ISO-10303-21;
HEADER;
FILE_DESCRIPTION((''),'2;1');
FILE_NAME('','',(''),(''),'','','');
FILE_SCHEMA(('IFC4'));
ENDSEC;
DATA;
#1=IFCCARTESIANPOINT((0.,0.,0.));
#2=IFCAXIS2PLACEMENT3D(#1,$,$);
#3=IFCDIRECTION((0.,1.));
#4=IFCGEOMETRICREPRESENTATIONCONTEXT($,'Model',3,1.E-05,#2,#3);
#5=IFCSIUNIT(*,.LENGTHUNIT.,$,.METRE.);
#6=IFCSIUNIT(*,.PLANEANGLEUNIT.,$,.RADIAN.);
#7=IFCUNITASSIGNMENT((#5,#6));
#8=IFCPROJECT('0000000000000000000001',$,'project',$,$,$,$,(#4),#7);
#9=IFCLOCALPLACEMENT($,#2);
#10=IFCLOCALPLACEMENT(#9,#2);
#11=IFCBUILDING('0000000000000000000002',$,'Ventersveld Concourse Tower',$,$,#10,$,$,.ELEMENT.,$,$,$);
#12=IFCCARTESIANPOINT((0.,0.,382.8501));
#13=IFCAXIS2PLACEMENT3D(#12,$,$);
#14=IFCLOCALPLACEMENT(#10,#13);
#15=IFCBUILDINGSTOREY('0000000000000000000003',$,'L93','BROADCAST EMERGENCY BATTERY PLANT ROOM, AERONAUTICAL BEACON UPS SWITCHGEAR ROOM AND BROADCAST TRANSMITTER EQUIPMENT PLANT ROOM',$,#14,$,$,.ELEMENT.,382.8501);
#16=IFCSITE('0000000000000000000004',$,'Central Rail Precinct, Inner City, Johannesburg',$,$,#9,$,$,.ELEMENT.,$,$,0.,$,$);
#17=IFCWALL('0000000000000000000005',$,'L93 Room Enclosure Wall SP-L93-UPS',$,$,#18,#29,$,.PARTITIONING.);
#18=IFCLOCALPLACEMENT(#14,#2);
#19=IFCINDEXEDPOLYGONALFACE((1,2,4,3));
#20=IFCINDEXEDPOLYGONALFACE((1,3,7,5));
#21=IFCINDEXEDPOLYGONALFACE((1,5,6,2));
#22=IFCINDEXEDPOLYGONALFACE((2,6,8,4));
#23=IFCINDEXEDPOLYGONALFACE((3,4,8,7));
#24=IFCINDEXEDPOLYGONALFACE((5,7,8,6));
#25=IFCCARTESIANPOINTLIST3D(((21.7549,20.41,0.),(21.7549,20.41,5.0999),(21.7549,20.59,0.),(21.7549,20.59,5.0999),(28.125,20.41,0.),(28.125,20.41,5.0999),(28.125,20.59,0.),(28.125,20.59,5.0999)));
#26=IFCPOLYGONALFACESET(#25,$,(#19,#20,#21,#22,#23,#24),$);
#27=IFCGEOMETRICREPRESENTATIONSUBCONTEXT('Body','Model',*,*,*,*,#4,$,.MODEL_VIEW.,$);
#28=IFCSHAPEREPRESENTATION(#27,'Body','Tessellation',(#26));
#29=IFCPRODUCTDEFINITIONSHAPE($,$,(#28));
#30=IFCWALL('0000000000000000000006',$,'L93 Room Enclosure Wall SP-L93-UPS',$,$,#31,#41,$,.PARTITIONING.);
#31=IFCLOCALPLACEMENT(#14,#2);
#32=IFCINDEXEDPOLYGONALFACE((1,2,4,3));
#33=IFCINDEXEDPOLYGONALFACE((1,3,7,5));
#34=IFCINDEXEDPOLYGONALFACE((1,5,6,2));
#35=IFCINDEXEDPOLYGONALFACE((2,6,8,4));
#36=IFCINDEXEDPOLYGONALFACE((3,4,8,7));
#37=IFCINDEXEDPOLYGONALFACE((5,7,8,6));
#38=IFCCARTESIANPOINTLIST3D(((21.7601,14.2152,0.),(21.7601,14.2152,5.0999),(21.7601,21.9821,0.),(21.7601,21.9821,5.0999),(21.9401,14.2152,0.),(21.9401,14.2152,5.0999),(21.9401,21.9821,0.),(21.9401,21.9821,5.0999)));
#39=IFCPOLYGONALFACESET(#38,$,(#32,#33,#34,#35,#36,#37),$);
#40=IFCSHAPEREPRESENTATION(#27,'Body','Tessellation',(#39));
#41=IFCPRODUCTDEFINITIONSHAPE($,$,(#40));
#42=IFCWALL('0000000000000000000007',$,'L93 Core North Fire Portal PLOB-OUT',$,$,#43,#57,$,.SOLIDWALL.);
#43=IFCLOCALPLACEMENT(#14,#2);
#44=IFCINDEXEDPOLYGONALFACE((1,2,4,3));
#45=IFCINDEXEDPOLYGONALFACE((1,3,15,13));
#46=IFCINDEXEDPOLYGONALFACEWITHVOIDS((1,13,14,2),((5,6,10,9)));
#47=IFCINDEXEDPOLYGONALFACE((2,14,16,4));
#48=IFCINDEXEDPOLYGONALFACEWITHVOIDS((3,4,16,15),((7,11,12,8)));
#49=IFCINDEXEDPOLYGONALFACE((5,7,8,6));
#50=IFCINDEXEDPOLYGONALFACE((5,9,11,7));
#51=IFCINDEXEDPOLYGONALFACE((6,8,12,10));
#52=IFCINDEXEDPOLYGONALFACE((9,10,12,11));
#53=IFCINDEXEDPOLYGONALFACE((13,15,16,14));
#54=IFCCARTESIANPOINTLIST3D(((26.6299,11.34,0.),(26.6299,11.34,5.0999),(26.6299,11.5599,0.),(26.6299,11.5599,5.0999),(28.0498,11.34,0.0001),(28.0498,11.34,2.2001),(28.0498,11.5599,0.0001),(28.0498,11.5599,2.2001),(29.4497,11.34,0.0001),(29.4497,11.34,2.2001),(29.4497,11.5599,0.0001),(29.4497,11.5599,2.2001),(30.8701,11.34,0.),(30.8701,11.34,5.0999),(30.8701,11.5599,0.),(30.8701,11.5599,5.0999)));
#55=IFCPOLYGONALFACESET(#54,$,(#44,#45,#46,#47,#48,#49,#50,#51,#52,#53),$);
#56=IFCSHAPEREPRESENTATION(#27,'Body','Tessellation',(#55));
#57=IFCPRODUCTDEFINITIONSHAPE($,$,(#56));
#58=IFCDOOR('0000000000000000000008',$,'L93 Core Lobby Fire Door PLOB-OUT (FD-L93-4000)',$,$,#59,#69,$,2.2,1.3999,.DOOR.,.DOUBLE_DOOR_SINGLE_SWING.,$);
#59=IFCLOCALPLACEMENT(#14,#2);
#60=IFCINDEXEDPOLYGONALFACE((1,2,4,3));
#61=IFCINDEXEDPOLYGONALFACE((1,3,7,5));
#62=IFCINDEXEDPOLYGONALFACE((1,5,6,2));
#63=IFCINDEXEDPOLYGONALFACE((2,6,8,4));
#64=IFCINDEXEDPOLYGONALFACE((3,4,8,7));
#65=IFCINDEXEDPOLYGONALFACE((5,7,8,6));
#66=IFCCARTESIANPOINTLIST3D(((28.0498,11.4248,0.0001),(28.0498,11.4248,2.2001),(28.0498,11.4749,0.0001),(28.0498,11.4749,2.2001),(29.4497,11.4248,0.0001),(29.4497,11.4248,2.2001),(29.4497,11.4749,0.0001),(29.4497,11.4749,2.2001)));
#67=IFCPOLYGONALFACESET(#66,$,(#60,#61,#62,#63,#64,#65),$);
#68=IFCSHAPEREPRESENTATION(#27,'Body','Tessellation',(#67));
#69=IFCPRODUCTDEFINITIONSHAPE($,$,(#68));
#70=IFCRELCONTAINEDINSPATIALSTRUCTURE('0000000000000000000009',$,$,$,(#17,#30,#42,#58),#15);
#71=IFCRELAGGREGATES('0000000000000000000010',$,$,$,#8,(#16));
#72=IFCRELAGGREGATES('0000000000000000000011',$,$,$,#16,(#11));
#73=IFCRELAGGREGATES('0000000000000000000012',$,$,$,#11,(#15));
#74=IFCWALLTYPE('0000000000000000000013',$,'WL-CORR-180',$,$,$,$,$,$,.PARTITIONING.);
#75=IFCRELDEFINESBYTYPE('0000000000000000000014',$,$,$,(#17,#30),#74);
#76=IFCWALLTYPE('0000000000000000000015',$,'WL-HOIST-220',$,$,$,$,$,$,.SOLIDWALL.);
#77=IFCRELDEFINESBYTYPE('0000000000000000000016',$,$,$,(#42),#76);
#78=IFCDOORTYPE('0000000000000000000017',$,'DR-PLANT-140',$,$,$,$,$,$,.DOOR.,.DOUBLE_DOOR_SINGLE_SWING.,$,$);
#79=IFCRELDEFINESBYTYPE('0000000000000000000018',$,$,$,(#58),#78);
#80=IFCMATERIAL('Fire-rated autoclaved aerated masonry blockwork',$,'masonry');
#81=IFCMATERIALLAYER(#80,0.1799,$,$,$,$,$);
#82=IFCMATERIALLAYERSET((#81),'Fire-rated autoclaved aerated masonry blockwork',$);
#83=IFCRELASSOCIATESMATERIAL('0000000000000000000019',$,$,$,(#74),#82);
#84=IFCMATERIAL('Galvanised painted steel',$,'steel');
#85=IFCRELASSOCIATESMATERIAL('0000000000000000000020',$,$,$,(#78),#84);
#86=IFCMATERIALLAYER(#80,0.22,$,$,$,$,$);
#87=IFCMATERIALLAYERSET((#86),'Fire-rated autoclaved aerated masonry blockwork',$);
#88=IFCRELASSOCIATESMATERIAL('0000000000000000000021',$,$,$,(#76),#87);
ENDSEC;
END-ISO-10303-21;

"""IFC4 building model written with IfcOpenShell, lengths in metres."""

from ifc_helpers import new_model, si_unit, direction, frame, frame_2d, origin, place, context, subcontext, project, spatial, rectangle, extrude, material, layer, layer_set, type_object, element, fill, save


model = new_model("IFC4")

# Units and contexts
model_context = context("Model", 3, precision=1e-05, world=origin(), true_north=direction((0.0, 1.0)))
body_context = subcontext(model_context, "Body", "Model", "MODEL_VIEW")
ifc_project = project(units=[si_unit("LENGTHUNIT", "METRE"), si_unit("PLANEANGLEUNIT", "RADIAN")], contexts=[model_context])

# Site, building, storey
site_placement = place(None, origin())
site = spatial("IfcSite", under=ifc_project, at=site_placement, Name="Central Rail Precinct, Inner City, Johannesburg", CompositionType="ELEMENT", RefElevation=0.0)
building_placement = place(site_placement, origin())
building = spatial("IfcBuilding", under=site, at=building_placement, Name="Ventersveld Concourse Tower", CompositionType="ELEMENT")
storey_placement = place(building_placement, frame((0.0, 0.0, 382.8501)))
storey = spatial("IfcBuildingStorey", under=building, at=storey_placement, Name="L93", Description="BROADCAST EMERGENCY BATTERY PLANT ROOM, AERONAUTICAL BEACON UPS SWITCHGEAR ROOM AND BROADCAST TRANSMITTER EQUIPMENT PLANT ROOM", CompositionType="ELEMENT", Elevation=382.8501)

# Shared definitions
ifc_material_1 = material(Name="Fire-rated autoclaved aerated masonry blockwork", Category="masonry")
ifc_layer_1 = layer(ifc_material_1, 0.1799)
ifc_layer_set_1 = layer_set([ifc_layer_1], Name="Fire-rated autoclaved aerated masonry blockwork")
wall_type_1 = type_object("IfcWallType", Name="WL-CORR-180", PredefinedType="PARTITIONING", material=ifc_layer_set_1)
ifc_material_2 = material(Name="Galvanised painted steel", Category="steel")
door_type = type_object("IfcDoorType", Name="DR-PLANT-140", OperationType="DOUBLE_DOOR_SINGLE_SWING", PredefinedType="DOOR", material=ifc_material_2)

# Walls
wall_1_placement = place(storey_placement, frame((28.125, 20.5, 0.0), z_axis=(0.0, 0.0, 1.0), x_axis=(-1.0, 0.0, 0.0)))
element("IfcWall", 1, at=wall_1_placement, inside=storey, type_object=wall_type_1, Name="L93 Room Enclosure Wall SP-L93-UPS", PredefinedType="PARTITIONING", context=body_context, shape_type="SweptSolid", body=[
    extrude(rectangle(XDim=6.3701, YDim=0.1799, at=frame_2d((3.1851, 0.0))), origin(), (0.0, 0.0, 1.0), 5.0999),
])
wall_2_placement = place(storey_placement, frame((21.8501, 21.9819, 0.0), z_axis=(0.0, 0.0, 1.0), x_axis=(0.0, -1.0, 0.0)))
element("IfcWall", 2, at=wall_2_placement, inside=storey, type_object=wall_type_1, Name="L93 Room Enclosure Wall SP-L93-UPS", PredefinedType="PARTITIONING", context=body_context, shape_type="SweptSolid", body=[
    extrude(rectangle(XDim=7.7668, YDim=0.1799, at=frame_2d((3.8833, 0.0))), origin(), (0.0, 0.0, 1.0), 5.0999),
])

# Wall, opening, door
ifc_layer_2 = layer(ifc_material_1, 0.22)
ifc_layer_set_2 = layer_set([ifc_layer_2], Name="Fire-rated autoclaved aerated masonry blockwork")
wall_type_2 = type_object("IfcWallType", Name="WL-HOIST-220", PredefinedType="SOLIDWALL", material=ifc_layer_set_2)
wall_3_placement = place(storey_placement, frame((26.6299, 11.45, 0.0), z_axis=(0.0, 0.0, 1.0), x_axis=(1.0, 0.0, 0.0)))
wall_3 = element("IfcWall", 3, at=wall_3_placement, inside=storey, type_object=wall_type_2, Name="L93 Core North Fire Portal PLOB-OUT", PredefinedType="SOLIDWALL", context=body_context, shape_type="SweptSolid", body=[
    extrude(rectangle(XDim=4.2402, YDim=0.22, at=frame_2d((2.1201, 0.0))), origin(), (0.0, 0.0, 1.0), 5.0999),
])
opening_1_placement = place(wall_3_placement, frame((1.4199, 0.0, 0.0)))
opening_1 = element("IfcOpeningElement", 4, at=opening_1_placement, cuts=wall_3, PredefinedType="OPENING", context=body_context, shape_type="SweptSolid", body=[
    extrude(rectangle(XDim=1.3999, YDim=2.2, at=frame_2d((0.7, 1.1001))), frame((0.0, 0.1201, 0.0), z_axis=(0.0, -1.0, 0.0), x_axis=(1.0, 0.0, 0.0)), (0.0, 0.0, 1.0), 0.24),
])
door_1_placement = place(opening_1_placement, origin())
door_1 = element("IfcDoor", 5, at=door_1_placement, inside=storey, type_object=door_type, Name="L93 Core Lobby Fire Door PLOB-OUT (FD-L93-4000)", OperationType="DOUBLE_DOOR_SINGLE_SWING", OverallHeight=2.2, OverallWidth=1.3999, PredefinedType="DOOR", context=body_context, shape_type="SweptSolid", body=[
    extrude(rectangle(XDim=1.3999, YDim=2.2, at=frame_2d((0.7, 1.1001))), frame((0.0, 0.0249, 0.0), z_axis=(0.0, -1.0, 0.0), x_axis=(1.0, 0.0, 0.0)), (0.0, 0.0, 1.0), 0.05),
])
fill(opening_1, door_1)

save(model, "model.ifc")
